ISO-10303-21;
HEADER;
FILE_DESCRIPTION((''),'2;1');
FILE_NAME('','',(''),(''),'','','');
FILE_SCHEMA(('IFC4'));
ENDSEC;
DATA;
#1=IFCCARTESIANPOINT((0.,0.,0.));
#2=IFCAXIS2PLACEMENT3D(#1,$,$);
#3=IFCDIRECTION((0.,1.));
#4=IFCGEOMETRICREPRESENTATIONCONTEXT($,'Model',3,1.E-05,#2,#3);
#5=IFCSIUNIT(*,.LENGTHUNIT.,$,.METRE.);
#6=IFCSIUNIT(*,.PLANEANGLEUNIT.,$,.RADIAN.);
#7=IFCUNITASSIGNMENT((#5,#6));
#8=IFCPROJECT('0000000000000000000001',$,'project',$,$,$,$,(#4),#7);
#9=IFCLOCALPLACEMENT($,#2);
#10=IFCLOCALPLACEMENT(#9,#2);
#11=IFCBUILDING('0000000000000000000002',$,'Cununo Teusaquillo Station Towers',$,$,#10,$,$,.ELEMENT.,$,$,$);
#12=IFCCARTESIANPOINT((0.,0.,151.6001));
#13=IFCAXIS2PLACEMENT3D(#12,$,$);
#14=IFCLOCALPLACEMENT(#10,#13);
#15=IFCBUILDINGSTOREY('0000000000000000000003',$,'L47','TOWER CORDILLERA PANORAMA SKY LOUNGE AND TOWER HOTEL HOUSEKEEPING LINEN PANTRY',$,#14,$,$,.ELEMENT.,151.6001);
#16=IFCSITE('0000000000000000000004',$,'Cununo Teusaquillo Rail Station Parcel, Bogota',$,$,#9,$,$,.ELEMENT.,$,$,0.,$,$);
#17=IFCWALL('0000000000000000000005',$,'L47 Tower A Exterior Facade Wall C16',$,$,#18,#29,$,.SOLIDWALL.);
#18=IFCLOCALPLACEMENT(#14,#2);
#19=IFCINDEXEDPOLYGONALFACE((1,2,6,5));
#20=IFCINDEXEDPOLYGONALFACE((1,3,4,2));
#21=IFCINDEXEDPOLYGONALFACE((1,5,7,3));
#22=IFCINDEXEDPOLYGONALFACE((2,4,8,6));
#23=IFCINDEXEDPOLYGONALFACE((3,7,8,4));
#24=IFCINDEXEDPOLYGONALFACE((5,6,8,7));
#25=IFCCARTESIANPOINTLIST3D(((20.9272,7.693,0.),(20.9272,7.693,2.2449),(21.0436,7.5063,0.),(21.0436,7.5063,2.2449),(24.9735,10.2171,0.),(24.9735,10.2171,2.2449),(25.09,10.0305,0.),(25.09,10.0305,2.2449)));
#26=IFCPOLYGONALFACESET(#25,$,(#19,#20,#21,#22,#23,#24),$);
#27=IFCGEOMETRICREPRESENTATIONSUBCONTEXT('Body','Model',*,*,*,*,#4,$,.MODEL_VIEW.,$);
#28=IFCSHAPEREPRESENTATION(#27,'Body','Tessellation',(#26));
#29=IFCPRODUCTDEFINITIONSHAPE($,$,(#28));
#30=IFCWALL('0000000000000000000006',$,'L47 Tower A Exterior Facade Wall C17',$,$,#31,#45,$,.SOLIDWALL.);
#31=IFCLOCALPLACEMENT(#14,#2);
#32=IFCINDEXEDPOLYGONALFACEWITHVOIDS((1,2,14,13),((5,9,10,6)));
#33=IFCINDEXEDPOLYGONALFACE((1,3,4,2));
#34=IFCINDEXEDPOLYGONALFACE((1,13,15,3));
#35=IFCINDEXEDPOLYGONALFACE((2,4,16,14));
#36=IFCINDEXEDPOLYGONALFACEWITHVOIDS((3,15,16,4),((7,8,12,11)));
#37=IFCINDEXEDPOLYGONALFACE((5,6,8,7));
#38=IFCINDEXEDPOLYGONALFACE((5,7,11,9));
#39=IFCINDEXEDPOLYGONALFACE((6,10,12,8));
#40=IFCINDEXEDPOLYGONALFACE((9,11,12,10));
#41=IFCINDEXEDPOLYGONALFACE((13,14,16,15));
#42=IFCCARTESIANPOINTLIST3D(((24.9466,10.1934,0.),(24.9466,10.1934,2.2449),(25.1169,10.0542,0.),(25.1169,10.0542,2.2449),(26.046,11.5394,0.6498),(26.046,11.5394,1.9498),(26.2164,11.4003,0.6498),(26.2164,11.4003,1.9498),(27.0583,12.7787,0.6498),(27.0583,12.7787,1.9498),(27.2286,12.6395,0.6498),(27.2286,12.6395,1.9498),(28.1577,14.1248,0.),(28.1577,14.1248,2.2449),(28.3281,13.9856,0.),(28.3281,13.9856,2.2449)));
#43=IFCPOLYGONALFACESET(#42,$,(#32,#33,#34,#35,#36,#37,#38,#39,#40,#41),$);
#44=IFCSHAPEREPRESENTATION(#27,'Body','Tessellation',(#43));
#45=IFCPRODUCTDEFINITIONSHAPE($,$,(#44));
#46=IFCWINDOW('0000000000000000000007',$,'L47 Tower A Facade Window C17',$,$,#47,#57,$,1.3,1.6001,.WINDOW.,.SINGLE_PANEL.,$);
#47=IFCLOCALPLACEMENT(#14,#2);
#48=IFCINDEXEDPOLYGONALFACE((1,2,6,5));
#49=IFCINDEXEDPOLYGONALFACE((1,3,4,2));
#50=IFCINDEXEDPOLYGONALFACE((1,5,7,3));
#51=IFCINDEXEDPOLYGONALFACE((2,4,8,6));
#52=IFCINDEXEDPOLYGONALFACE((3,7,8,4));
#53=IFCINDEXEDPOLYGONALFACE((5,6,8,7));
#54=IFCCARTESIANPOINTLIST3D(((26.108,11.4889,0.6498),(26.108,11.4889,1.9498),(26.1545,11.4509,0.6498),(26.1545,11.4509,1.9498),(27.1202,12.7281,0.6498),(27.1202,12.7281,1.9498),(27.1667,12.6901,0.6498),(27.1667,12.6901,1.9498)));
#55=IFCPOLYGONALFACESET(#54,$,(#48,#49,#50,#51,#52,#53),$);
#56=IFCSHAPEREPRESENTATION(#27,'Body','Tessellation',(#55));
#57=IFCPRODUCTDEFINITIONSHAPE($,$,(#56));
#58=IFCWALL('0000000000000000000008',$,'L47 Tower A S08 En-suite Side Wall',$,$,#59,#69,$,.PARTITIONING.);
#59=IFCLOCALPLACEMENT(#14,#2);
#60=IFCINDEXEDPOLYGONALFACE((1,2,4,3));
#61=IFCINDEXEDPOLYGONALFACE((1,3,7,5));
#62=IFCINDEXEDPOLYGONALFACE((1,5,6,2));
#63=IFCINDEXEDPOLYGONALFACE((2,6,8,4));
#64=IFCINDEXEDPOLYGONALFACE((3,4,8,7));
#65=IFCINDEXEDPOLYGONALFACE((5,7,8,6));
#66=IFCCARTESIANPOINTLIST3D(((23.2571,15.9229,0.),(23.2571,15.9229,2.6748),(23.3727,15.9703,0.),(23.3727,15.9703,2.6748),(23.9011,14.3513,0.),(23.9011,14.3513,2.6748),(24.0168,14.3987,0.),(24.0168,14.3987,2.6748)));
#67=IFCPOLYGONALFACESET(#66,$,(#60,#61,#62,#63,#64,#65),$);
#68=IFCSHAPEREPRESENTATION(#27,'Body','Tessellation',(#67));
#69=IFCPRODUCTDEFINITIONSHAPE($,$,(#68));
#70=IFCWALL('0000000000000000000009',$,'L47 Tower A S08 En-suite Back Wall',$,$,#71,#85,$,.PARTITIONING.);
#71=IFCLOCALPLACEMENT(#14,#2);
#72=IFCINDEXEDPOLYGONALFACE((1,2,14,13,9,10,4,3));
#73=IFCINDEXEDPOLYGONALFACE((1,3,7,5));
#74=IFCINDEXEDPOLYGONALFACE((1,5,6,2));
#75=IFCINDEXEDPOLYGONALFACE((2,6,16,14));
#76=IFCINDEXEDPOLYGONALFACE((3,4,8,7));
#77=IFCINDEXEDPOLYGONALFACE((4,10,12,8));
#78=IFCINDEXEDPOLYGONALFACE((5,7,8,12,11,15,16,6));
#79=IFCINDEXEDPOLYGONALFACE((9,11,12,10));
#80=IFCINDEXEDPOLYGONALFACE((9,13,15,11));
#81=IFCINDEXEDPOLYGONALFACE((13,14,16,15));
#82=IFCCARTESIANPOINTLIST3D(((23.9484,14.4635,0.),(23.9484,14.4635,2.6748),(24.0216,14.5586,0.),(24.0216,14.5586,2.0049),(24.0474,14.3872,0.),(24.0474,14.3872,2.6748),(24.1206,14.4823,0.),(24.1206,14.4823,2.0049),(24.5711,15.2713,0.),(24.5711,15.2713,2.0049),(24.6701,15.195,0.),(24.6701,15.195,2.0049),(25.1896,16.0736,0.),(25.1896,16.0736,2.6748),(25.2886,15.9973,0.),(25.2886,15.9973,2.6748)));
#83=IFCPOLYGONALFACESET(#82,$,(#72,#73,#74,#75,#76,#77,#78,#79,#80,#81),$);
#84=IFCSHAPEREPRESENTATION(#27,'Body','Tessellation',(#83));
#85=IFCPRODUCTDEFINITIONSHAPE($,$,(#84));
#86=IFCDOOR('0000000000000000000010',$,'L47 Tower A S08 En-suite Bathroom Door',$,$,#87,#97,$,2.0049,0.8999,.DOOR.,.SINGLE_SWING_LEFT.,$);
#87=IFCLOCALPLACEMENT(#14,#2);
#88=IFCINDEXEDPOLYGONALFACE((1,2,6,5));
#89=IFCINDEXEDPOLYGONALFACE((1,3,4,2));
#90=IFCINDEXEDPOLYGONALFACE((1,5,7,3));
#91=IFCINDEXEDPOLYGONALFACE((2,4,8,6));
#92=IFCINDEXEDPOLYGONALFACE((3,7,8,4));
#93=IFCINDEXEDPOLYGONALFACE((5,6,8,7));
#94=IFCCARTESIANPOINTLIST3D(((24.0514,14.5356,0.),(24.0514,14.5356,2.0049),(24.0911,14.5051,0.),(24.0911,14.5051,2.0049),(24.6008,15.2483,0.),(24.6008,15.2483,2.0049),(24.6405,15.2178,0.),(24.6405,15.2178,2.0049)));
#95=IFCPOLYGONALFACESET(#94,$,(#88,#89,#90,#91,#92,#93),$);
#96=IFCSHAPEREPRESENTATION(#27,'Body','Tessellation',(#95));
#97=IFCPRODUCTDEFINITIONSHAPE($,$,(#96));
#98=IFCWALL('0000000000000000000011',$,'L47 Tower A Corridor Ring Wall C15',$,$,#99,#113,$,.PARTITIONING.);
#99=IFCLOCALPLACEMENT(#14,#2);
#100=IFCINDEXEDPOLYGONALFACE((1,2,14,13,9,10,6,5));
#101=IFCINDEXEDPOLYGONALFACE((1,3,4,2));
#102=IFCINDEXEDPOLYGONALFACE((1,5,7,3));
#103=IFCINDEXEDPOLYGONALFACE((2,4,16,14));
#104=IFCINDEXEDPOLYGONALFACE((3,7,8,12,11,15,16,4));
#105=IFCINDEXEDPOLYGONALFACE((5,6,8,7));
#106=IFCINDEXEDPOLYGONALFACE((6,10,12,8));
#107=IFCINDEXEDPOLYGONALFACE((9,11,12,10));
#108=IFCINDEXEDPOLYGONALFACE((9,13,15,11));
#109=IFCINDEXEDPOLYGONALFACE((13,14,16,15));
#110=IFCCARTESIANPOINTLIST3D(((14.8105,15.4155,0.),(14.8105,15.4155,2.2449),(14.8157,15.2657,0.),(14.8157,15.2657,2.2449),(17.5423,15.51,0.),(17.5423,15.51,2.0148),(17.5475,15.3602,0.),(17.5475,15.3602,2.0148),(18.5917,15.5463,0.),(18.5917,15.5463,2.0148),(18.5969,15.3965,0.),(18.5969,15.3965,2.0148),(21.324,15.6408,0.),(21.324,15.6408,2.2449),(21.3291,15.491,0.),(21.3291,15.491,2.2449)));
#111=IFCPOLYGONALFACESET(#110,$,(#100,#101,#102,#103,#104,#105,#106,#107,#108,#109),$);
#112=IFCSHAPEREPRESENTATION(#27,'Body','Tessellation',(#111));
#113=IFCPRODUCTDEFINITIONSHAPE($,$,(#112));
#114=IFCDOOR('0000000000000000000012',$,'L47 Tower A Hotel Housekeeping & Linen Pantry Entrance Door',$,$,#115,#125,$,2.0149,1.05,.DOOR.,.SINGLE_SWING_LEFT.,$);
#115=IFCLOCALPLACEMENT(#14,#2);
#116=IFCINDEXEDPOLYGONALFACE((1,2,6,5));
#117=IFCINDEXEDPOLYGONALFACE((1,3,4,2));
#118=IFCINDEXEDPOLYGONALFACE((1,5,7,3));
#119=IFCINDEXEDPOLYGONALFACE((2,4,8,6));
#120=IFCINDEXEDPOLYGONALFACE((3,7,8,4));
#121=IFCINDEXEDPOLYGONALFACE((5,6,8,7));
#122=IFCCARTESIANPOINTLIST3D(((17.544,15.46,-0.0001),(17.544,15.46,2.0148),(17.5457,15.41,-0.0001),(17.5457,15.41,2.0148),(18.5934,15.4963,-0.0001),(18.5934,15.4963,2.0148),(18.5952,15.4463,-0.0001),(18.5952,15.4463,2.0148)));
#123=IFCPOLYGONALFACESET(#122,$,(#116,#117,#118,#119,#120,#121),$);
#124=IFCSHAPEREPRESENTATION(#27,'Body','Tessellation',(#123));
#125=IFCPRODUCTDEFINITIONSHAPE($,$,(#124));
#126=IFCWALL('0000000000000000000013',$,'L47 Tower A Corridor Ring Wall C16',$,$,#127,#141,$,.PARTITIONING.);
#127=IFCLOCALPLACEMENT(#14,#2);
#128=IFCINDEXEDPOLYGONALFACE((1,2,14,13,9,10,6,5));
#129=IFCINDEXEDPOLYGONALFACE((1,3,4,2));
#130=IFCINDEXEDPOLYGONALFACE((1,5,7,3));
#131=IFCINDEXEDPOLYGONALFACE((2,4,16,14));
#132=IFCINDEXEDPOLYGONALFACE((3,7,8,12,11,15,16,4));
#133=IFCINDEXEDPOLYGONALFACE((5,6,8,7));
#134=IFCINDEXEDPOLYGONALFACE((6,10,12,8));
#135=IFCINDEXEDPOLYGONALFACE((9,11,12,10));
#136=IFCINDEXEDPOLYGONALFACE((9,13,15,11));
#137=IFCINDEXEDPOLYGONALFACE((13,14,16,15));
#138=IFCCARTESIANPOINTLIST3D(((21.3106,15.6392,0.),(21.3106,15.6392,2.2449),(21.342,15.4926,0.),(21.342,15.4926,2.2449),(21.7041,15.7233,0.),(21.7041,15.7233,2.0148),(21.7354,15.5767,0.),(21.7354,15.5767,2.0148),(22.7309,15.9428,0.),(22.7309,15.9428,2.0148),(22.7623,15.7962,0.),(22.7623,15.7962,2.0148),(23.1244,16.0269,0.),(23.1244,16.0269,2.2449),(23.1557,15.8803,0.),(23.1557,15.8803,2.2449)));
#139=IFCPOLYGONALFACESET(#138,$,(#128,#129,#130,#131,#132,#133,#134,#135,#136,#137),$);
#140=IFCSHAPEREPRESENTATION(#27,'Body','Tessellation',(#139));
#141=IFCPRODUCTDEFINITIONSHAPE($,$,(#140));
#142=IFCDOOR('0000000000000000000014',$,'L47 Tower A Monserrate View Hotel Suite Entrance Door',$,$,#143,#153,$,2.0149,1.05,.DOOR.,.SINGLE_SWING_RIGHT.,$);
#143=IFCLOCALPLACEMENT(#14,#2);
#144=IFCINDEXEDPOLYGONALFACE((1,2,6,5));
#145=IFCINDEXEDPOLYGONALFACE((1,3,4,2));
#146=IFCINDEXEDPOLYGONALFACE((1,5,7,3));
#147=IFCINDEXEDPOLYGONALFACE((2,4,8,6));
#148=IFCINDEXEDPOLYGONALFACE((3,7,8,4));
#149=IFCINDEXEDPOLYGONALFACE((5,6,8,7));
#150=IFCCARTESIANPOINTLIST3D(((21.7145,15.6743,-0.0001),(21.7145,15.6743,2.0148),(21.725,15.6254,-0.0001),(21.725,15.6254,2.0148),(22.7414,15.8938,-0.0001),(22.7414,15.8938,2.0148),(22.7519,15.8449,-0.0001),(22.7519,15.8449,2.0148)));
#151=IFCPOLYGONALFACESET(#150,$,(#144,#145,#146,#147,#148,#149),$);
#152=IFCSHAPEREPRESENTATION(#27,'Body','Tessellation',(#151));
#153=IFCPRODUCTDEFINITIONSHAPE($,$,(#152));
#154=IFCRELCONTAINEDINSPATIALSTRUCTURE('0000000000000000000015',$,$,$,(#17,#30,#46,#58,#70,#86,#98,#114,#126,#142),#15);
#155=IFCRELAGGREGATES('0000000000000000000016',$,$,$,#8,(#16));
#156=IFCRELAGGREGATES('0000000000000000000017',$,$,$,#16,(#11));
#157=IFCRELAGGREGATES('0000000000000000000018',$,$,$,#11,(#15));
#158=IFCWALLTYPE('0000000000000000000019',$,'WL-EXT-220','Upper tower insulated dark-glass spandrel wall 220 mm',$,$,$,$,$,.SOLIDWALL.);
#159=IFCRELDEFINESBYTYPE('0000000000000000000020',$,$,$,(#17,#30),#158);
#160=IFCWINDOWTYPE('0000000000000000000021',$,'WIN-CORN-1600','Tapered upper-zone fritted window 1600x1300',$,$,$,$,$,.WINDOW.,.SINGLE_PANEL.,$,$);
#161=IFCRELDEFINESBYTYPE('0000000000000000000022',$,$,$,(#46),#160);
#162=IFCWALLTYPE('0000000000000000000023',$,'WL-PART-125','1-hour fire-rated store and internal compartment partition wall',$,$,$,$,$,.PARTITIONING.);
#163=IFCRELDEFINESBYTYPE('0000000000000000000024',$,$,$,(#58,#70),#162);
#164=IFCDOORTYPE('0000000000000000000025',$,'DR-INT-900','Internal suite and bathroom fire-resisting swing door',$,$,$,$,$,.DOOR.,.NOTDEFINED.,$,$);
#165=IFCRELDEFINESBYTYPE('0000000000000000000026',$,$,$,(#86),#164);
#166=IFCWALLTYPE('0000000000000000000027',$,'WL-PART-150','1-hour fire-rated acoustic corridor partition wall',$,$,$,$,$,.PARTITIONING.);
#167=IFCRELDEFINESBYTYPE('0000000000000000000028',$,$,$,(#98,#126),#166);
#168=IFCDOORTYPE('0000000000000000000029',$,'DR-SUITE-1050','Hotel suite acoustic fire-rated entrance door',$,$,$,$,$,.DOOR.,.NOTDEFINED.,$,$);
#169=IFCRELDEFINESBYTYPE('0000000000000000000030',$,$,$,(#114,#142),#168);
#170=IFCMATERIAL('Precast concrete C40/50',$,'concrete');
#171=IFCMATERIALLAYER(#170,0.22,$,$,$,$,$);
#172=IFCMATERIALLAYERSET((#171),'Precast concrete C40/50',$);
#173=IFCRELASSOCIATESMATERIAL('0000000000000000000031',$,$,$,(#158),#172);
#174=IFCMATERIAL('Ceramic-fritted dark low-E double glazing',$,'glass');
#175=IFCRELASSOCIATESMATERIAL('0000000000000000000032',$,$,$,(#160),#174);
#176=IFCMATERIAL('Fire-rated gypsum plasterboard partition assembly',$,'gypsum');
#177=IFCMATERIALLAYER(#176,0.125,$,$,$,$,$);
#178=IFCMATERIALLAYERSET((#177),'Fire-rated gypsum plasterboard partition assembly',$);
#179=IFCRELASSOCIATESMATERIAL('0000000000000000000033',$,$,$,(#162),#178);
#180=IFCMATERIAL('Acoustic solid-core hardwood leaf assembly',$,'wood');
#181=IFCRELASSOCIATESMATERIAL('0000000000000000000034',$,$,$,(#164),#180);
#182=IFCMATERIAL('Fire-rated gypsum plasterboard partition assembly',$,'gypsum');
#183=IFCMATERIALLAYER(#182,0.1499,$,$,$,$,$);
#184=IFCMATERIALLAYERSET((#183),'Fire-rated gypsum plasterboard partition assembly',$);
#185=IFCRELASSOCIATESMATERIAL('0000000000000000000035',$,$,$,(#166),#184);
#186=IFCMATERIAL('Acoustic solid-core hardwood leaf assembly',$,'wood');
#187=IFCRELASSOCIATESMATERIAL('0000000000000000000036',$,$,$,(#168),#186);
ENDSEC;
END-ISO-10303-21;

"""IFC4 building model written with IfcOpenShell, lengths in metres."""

from ifc_helpers import new_model, si_unit, direction, frame, frame_2d, origin, place, context, subcontext, project, spatial, rectangle, extrude, source, transform, mapped, material, layer, layer_set, type_object, element, fill, save


model = new_model("IFC4")

# Units and contexts
model_context = context("Model", 3, precision=1e-05, world=origin(), true_north=direction((0.0, 1.0)))
body_context = subcontext(model_context, "Body", "Model", "MODEL_VIEW")
ifc_project = project(units=[si_unit("LENGTHUNIT", "METRE"), si_unit("PLANEANGLEUNIT", "RADIAN")], contexts=[model_context])

# Site, building, storey
site_placement = place(None, origin())
site = spatial("IfcSite", under=ifc_project, at=site_placement, Name="Cununo Teusaquillo Rail Station Parcel, Bogota", CompositionType="ELEMENT", RefElevation=0.0)
building_placement = place(site_placement, origin())
building = spatial("IfcBuilding", under=site, at=building_placement, Name="Cununo Teusaquillo Station Towers", CompositionType="ELEMENT")
storey_placement = place(building_placement, frame((0.0, 0.0, 151.6001)))
storey = spatial("IfcBuildingStorey", under=building, at=storey_placement, Name="L47", Description="TOWER CORDILLERA PANORAMA SKY LOUNGE AND TOWER HOTEL HOUSEKEEPING LINEN PANTRY", CompositionType="ELEMENT", Elevation=151.6001)

# Shared definitions
ifc_material_1 = material(Name="Precast concrete C40/50", Category="concrete")
ifc_layer_1 = layer(ifc_material_1, 0.22)
ifc_layer_set_1 = layer_set([ifc_layer_1], Name="Precast concrete C40/50")
wall_type_1 = type_object("IfcWallType", Name="WL-EXT-220", Description="Upper tower insulated dark-glass spandrel wall 220 mm", PredefinedType="SOLIDWALL", material=ifc_layer_set_1)
shared_shape_1 = source(origin(), body_context, "Body", "SweptSolid", [
    extrude(rectangle(XDim=1.6001, YDim=1.3, at=frame_2d((0.8, 0.6499))), frame((0.0, 0.1199, 0.0), z_axis=(0.0, -1.0, 0.0), x_axis=(1.0, 0.0, 0.0)), (0.0, 0.0, 1.0), 0.24),
])
ifc_material_2 = material(Name="Ceramic-fritted dark low-E double glazing", Category="glass")
window_type = type_object("IfcWindowType", Name="WIN-CORN-1600", Description="Tapered upper-zone fritted window 1600x1300", PartitioningType="SINGLE_PANEL", PredefinedType="WINDOW", material=ifc_material_2)
shared_shape_2 = source(origin(), body_context, "Body", "SweptSolid", [
    extrude(rectangle(XDim=1.6001, YDim=1.3, at=frame_2d((0.8, 0.6499))), frame((0.0, 0.03, 0.0), z_axis=(0.0, -1.0, 0.0), x_axis=(1.0, 0.0, 0.0)), (0.0, 0.0, 1.0), 0.0601),
])

# Wall
wall_1_placement = place(storey_placement, frame((25.0317, 10.1238, 0.0), z_axis=(0.0, 0.0, 1.0), x_axis=(-0.848452, -0.529272, 0.0)))
element("IfcWall", 1, at=wall_1_placement, inside=storey, type_object=wall_type_1, Name="L47 Tower A Exterior Facade Wall C16", PredefinedType="SOLIDWALL", context=body_context, shape_type="SweptSolid", body=[
    extrude(rectangle(XDim=4.769, YDim=0.22, at=frame_2d((2.3845, 0.0))), origin(), (0.0, 0.0, 1.0), 2.2449),
])

# Wall, opening, window
wall_2_placement = place(storey_placement, frame((28.2429, 14.0552, 0.0), z_axis=(0.0, 0.0, 1.0), x_axis=(-0.632599, -0.77448, 0.0)))
wall_2 = element("IfcWall", 2, at=wall_2_placement, inside=storey, type_object=wall_type_1, Name="L47 Tower A Exterior Facade Wall C17", PredefinedType="SOLIDWALL", context=body_context, shape_type="SweptSolid", body=[
    extrude(rectangle(XDim=5.0762, YDim=0.22, at=frame_2d((2.5381, 0.0))), origin(), (0.0, 0.0, 1.0), 2.2449),
])
opening_1_placement = place(wall_2_placement, frame((1.738, 0.0, 0.6499)))
opening_1 = element("IfcOpeningElement", 3, at=opening_1_placement, cuts=wall_2, PredefinedType="OPENING", context=body_context, shape_type="MappedRepresentation", body=[
    mapped(shared_shape_1, transform((0.0, 0.0, 0.0), x_axis=(1.0, 0.0, 0.0), y_axis=(0.0, 1.0, 0.0), z_axis=(0.0, 0.0, 1.0), scale=1.0)),
])
window_1_placement = place(opening_1_placement, origin())
window_1 = element("IfcWindow", 4, at=window_1_placement, inside=storey, type_object=window_type, Name="L47 Tower A Facade Window C17", OverallHeight=1.3, OverallWidth=1.6001, PartitioningType="SINGLE_PANEL", PredefinedType="WINDOW", context=body_context, shape_type="MappedRepresentation", body=[
    mapped(shared_shape_2, transform((0.0, 0.0, 0.0), x_axis=(1.0, 0.0, 0.0), y_axis=(0.0, 1.0, 0.0), z_axis=(0.0, 0.0, 1.0), scale=1.0)),
])
fill(opening_1, window_1)

# Wall
ifc_material_3 = material(Name="Fire-rated gypsum plasterboard partition assembly", Category="gypsum")
ifc_layer_2 = layer(ifc_material_3, 0.125)
ifc_layer_set_2 = layer_set([ifc_layer_2], Name="Fire-rated gypsum plasterboard partition assembly")
wall_type_2 = type_object("IfcWallType", Name="WL-PART-125", Description="1-hour fire-rated store and internal compartment partition wall", PredefinedType="PARTITIONING", material=ifc_layer_set_2)
wall_3_placement = place(storey_placement, frame((23.3149, 15.9465, 0.0), z_axis=(0.0, 0.0, 1.0), x_axis=(0.379209, -0.925311, 0.0)))
element("IfcWall", 5, at=wall_3_placement, inside=storey, type_object=wall_type_2, Name="L47 Tower A S08 En-suite Side Wall", PredefinedType="PARTITIONING", context=body_context, shape_type="SweptSolid", body=[
    extrude(rectangle(XDim=1.6985, YDim=0.125, at=frame_2d((0.8491, 0.0))), origin(), (0.0, 0.0, 1.0), 2.6748),
])

# Walls, openings, doors
wall_4_placement = place(storey_placement, frame((23.9978, 14.4253, 0.0), z_axis=(0.0, 0.0, 1.0), x_axis=(0.610535, 0.79199, 0.0)))
wall_4 = element("IfcWall", 6, at=wall_4_placement, inside=storey, type_object=wall_type_2, Name="L47 Tower A S08 En-suite Back Wall", PredefinedType="PARTITIONING", context=body_context, shape_type="SweptSolid", body=[
    extrude(rectangle(XDim=2.033, YDim=0.125, at=frame_2d((1.0166, 0.0))), origin(), (0.0, 0.0, 1.0), 2.6748),
])
shared_shape_3 = source(origin(), body_context, "Body", "SweptSolid", [
    extrude(rectangle(XDim=0.8999, YDim=2.0049, at=frame_2d((0.45, 1.0024))), frame((0.0, 0.0725, 0.0), z_axis=(0.0, -1.0, 0.0), x_axis=(1.0, 0.0, 0.0)), (0.0, 0.0, 1.0), 0.145),
])
opening_2_placement = place(wall_4_placement, frame((0.1201, 0.0, 0.0)))
opening_2 = element("IfcOpeningElement", 7, at=opening_2_placement, cuts=wall_4, PredefinedType="OPENING", context=body_context, shape_type="MappedRepresentation", body=[
    mapped(shared_shape_3, transform((0.0, 0.0, 0.0), x_axis=(1.0, 0.0, 0.0), y_axis=(0.0, 1.0, 0.0), z_axis=(0.0, 0.0, 1.0), scale=1.0)),
])
ifc_material_4 = material(Name="Acoustic solid-core hardwood leaf assembly", Category="wood")
door_type_1 = type_object("IfcDoorType", Name="DR-INT-900", Description="Internal suite and bathroom fire-resisting swing door", OperationType="NOTDEFINED", PredefinedType="DOOR", material=ifc_material_4)
shared_shape_4 = source(origin(), body_context, "Body", "SweptSolid", [
    extrude(rectangle(XDim=0.8999, YDim=2.0049, at=frame_2d((0.45, 1.0024))), frame((0.0, 0.0249, 0.0), z_axis=(0.0, -1.0, 0.0), x_axis=(1.0, 0.0, 0.0)), (0.0, 0.0, 1.0), 0.05),
])
door_1_placement = place(opening_2_placement, origin())
door_1 = element("IfcDoor", 8, at=door_1_placement, inside=storey, type_object=door_type_1, Name="L47 Tower A S08 En-suite Bathroom Door", OperationType="SINGLE_SWING_LEFT", OverallHeight=2.0049, OverallWidth=0.8999, PredefinedType="DOOR", context=body_context, shape_type="MappedRepresentation", body=[
    mapped(shared_shape_4, transform((0.0, 0.0, 0.0), x_axis=(1.0, 0.0, 0.0), y_axis=(0.0, 1.0, 0.0), z_axis=(0.0, 0.0, 1.0), scale=1.0)),
])
fill(opening_2, door_1)
ifc_material_5 = material(Name="Fire-rated gypsum plasterboard partition assembly", Category="gypsum")
ifc_layer_3 = layer(ifc_material_5, 0.1499)
ifc_layer_set_3 = layer_set([ifc_layer_3], Name="Fire-rated gypsum plasterboard partition assembly")
wall_type_3 = type_object("IfcWallType", Name="WL-PART-150", Description="1-hour fire-rated acoustic corridor partition wall", PredefinedType="PARTITIONING", material=ifc_layer_set_3)
wall_5_placement = place(storey_placement, frame((14.813, 15.3406, 0.0), z_axis=(0.0, 0.0, 1.0), x_axis=(0.999402, 0.034576, 0.0)))
wall_5 = element("IfcWall", 9, at=wall_5_placement, inside=storey, type_object=wall_type_3, Name="L47 Tower A Corridor Ring Wall C15", PredefinedType="PARTITIONING", context=body_context, shape_type="SweptSolid", body=[
    extrude(rectangle(XDim=6.5173, YDim=0.1499, at=frame_2d((3.2588, 0.0))), origin(), (0.0, 0.0, 1.0), 2.2449),
])
shared_shape_5 = source(origin(), body_context, "Body", "SweptSolid", [
    extrude(rectangle(XDim=1.05, YDim=2.0149, at=frame_2d((0.5249, 1.0073))), frame((0.0, 0.085, 0.0), z_axis=(0.0, -1.0, 0.0), x_axis=(1.0, 0.0, 0.0)), (0.0, 0.0, 1.0), 0.1699),
])
opening_3_placement = place(wall_5_placement, frame((2.7336, 0.0, 0.0)))
opening_3 = element("IfcOpeningElement", 10, at=opening_3_placement, cuts=wall_5, PredefinedType="OPENING", context=body_context, shape_type="MappedRepresentation", body=[
    mapped(shared_shape_5, transform((0.0, 0.0, 0.0), x_axis=(1.0, 0.0, 0.0), y_axis=(0.0, 1.0, 0.0), z_axis=(0.0, 0.0, 1.0), scale=1.0)),
])
ifc_material_6 = material(Name="Acoustic solid-core hardwood leaf assembly", Category="wood")
door_type_2 = type_object("IfcDoorType", Name="DR-SUITE-1050", Description="Hotel suite acoustic fire-rated entrance door", OperationType="NOTDEFINED", PredefinedType="DOOR", material=ifc_material_6)
shared_shape_6 = source(origin(), body_context, "Body", "SweptSolid", [
    extrude(rectangle(XDim=1.05, YDim=2.0149, at=frame_2d((0.5249, 1.0073))), frame((0.0, 0.0249, 0.0), z_axis=(0.0, -1.0, 0.0), x_axis=(1.0, 0.0, 0.0)), (0.0, 0.0, 1.0), 0.05),
])
door_2_placement = place(opening_3_placement, origin())
door_2 = element("IfcDoor", 11, at=door_2_placement, inside=storey, type_object=door_type_2, Name="L47 Tower A Hotel Housekeeping & Linen Pantry Entrance Door", OperationType="SINGLE_SWING_LEFT", OverallHeight=2.0149, OverallWidth=1.05, PredefinedType="DOOR", context=body_context, shape_type="MappedRepresentation", body=[
    mapped(shared_shape_6, transform((0.0, 0.0, 0.0), x_axis=(1.0, 0.0, 0.0), y_axis=(0.0, 1.0, 0.0), z_axis=(0.0, 0.0, 1.0), scale=1.0)),
])
fill(opening_3, door_2)
wall_6_placement = place(storey_placement, frame((21.3264, 15.5659, 0.0), z_axis=(0.0, 0.0, 1.0), x_axis=(0.977908, 0.209035, 0.0)))
wall_6 = element("IfcWall", 12, at=wall_6_placement, inside=storey, type_object=wall_type_3, Name="L47 Tower A Corridor Ring Wall C16", PredefinedType="PARTITIONING", context=body_context, shape_type="SweptSolid", body=[
    extrude(rectangle(XDim=1.8547, YDim=0.1499, at=frame_2d((0.9272, 0.0))), origin(), (0.0, 0.0, 1.0), 2.2449),
])
opening_4_placement = place(wall_6_placement, frame((0.4023, 0.0, 0.0)))
opening_4 = element("IfcOpeningElement", 13, at=opening_4_placement, cuts=wall_6, PredefinedType="OPENING", context=body_context, shape_type="MappedRepresentation", body=[
    mapped(shared_shape_5, transform((0.0, 0.0, 0.0), x_axis=(1.0, 0.0, 0.0), y_axis=(0.0, 1.0, 0.0), z_axis=(0.0, 0.0, 1.0), scale=1.0)),
])
door_3_placement = place(opening_4_placement, origin())
door_3 = element("IfcDoor", 14, at=door_3_placement, inside=storey, type_object=door_type_2, Name="L47 Tower A Monserrate View Hotel Suite Entrance Door", OperationType="SINGLE_SWING_RIGHT", OverallHeight=2.0149, OverallWidth=1.05, PredefinedType="DOOR", context=body_context, shape_type="MappedRepresentation", body=[
    mapped(shared_shape_6, transform((0.0, 0.0, 0.0), x_axis=(1.0, 0.0, 0.0), y_axis=(0.0, 1.0, 0.0), z_axis=(0.0, 0.0, 1.0), scale=1.0)),
])
fill(opening_4, door_3)

save(model, "model.ifc")
